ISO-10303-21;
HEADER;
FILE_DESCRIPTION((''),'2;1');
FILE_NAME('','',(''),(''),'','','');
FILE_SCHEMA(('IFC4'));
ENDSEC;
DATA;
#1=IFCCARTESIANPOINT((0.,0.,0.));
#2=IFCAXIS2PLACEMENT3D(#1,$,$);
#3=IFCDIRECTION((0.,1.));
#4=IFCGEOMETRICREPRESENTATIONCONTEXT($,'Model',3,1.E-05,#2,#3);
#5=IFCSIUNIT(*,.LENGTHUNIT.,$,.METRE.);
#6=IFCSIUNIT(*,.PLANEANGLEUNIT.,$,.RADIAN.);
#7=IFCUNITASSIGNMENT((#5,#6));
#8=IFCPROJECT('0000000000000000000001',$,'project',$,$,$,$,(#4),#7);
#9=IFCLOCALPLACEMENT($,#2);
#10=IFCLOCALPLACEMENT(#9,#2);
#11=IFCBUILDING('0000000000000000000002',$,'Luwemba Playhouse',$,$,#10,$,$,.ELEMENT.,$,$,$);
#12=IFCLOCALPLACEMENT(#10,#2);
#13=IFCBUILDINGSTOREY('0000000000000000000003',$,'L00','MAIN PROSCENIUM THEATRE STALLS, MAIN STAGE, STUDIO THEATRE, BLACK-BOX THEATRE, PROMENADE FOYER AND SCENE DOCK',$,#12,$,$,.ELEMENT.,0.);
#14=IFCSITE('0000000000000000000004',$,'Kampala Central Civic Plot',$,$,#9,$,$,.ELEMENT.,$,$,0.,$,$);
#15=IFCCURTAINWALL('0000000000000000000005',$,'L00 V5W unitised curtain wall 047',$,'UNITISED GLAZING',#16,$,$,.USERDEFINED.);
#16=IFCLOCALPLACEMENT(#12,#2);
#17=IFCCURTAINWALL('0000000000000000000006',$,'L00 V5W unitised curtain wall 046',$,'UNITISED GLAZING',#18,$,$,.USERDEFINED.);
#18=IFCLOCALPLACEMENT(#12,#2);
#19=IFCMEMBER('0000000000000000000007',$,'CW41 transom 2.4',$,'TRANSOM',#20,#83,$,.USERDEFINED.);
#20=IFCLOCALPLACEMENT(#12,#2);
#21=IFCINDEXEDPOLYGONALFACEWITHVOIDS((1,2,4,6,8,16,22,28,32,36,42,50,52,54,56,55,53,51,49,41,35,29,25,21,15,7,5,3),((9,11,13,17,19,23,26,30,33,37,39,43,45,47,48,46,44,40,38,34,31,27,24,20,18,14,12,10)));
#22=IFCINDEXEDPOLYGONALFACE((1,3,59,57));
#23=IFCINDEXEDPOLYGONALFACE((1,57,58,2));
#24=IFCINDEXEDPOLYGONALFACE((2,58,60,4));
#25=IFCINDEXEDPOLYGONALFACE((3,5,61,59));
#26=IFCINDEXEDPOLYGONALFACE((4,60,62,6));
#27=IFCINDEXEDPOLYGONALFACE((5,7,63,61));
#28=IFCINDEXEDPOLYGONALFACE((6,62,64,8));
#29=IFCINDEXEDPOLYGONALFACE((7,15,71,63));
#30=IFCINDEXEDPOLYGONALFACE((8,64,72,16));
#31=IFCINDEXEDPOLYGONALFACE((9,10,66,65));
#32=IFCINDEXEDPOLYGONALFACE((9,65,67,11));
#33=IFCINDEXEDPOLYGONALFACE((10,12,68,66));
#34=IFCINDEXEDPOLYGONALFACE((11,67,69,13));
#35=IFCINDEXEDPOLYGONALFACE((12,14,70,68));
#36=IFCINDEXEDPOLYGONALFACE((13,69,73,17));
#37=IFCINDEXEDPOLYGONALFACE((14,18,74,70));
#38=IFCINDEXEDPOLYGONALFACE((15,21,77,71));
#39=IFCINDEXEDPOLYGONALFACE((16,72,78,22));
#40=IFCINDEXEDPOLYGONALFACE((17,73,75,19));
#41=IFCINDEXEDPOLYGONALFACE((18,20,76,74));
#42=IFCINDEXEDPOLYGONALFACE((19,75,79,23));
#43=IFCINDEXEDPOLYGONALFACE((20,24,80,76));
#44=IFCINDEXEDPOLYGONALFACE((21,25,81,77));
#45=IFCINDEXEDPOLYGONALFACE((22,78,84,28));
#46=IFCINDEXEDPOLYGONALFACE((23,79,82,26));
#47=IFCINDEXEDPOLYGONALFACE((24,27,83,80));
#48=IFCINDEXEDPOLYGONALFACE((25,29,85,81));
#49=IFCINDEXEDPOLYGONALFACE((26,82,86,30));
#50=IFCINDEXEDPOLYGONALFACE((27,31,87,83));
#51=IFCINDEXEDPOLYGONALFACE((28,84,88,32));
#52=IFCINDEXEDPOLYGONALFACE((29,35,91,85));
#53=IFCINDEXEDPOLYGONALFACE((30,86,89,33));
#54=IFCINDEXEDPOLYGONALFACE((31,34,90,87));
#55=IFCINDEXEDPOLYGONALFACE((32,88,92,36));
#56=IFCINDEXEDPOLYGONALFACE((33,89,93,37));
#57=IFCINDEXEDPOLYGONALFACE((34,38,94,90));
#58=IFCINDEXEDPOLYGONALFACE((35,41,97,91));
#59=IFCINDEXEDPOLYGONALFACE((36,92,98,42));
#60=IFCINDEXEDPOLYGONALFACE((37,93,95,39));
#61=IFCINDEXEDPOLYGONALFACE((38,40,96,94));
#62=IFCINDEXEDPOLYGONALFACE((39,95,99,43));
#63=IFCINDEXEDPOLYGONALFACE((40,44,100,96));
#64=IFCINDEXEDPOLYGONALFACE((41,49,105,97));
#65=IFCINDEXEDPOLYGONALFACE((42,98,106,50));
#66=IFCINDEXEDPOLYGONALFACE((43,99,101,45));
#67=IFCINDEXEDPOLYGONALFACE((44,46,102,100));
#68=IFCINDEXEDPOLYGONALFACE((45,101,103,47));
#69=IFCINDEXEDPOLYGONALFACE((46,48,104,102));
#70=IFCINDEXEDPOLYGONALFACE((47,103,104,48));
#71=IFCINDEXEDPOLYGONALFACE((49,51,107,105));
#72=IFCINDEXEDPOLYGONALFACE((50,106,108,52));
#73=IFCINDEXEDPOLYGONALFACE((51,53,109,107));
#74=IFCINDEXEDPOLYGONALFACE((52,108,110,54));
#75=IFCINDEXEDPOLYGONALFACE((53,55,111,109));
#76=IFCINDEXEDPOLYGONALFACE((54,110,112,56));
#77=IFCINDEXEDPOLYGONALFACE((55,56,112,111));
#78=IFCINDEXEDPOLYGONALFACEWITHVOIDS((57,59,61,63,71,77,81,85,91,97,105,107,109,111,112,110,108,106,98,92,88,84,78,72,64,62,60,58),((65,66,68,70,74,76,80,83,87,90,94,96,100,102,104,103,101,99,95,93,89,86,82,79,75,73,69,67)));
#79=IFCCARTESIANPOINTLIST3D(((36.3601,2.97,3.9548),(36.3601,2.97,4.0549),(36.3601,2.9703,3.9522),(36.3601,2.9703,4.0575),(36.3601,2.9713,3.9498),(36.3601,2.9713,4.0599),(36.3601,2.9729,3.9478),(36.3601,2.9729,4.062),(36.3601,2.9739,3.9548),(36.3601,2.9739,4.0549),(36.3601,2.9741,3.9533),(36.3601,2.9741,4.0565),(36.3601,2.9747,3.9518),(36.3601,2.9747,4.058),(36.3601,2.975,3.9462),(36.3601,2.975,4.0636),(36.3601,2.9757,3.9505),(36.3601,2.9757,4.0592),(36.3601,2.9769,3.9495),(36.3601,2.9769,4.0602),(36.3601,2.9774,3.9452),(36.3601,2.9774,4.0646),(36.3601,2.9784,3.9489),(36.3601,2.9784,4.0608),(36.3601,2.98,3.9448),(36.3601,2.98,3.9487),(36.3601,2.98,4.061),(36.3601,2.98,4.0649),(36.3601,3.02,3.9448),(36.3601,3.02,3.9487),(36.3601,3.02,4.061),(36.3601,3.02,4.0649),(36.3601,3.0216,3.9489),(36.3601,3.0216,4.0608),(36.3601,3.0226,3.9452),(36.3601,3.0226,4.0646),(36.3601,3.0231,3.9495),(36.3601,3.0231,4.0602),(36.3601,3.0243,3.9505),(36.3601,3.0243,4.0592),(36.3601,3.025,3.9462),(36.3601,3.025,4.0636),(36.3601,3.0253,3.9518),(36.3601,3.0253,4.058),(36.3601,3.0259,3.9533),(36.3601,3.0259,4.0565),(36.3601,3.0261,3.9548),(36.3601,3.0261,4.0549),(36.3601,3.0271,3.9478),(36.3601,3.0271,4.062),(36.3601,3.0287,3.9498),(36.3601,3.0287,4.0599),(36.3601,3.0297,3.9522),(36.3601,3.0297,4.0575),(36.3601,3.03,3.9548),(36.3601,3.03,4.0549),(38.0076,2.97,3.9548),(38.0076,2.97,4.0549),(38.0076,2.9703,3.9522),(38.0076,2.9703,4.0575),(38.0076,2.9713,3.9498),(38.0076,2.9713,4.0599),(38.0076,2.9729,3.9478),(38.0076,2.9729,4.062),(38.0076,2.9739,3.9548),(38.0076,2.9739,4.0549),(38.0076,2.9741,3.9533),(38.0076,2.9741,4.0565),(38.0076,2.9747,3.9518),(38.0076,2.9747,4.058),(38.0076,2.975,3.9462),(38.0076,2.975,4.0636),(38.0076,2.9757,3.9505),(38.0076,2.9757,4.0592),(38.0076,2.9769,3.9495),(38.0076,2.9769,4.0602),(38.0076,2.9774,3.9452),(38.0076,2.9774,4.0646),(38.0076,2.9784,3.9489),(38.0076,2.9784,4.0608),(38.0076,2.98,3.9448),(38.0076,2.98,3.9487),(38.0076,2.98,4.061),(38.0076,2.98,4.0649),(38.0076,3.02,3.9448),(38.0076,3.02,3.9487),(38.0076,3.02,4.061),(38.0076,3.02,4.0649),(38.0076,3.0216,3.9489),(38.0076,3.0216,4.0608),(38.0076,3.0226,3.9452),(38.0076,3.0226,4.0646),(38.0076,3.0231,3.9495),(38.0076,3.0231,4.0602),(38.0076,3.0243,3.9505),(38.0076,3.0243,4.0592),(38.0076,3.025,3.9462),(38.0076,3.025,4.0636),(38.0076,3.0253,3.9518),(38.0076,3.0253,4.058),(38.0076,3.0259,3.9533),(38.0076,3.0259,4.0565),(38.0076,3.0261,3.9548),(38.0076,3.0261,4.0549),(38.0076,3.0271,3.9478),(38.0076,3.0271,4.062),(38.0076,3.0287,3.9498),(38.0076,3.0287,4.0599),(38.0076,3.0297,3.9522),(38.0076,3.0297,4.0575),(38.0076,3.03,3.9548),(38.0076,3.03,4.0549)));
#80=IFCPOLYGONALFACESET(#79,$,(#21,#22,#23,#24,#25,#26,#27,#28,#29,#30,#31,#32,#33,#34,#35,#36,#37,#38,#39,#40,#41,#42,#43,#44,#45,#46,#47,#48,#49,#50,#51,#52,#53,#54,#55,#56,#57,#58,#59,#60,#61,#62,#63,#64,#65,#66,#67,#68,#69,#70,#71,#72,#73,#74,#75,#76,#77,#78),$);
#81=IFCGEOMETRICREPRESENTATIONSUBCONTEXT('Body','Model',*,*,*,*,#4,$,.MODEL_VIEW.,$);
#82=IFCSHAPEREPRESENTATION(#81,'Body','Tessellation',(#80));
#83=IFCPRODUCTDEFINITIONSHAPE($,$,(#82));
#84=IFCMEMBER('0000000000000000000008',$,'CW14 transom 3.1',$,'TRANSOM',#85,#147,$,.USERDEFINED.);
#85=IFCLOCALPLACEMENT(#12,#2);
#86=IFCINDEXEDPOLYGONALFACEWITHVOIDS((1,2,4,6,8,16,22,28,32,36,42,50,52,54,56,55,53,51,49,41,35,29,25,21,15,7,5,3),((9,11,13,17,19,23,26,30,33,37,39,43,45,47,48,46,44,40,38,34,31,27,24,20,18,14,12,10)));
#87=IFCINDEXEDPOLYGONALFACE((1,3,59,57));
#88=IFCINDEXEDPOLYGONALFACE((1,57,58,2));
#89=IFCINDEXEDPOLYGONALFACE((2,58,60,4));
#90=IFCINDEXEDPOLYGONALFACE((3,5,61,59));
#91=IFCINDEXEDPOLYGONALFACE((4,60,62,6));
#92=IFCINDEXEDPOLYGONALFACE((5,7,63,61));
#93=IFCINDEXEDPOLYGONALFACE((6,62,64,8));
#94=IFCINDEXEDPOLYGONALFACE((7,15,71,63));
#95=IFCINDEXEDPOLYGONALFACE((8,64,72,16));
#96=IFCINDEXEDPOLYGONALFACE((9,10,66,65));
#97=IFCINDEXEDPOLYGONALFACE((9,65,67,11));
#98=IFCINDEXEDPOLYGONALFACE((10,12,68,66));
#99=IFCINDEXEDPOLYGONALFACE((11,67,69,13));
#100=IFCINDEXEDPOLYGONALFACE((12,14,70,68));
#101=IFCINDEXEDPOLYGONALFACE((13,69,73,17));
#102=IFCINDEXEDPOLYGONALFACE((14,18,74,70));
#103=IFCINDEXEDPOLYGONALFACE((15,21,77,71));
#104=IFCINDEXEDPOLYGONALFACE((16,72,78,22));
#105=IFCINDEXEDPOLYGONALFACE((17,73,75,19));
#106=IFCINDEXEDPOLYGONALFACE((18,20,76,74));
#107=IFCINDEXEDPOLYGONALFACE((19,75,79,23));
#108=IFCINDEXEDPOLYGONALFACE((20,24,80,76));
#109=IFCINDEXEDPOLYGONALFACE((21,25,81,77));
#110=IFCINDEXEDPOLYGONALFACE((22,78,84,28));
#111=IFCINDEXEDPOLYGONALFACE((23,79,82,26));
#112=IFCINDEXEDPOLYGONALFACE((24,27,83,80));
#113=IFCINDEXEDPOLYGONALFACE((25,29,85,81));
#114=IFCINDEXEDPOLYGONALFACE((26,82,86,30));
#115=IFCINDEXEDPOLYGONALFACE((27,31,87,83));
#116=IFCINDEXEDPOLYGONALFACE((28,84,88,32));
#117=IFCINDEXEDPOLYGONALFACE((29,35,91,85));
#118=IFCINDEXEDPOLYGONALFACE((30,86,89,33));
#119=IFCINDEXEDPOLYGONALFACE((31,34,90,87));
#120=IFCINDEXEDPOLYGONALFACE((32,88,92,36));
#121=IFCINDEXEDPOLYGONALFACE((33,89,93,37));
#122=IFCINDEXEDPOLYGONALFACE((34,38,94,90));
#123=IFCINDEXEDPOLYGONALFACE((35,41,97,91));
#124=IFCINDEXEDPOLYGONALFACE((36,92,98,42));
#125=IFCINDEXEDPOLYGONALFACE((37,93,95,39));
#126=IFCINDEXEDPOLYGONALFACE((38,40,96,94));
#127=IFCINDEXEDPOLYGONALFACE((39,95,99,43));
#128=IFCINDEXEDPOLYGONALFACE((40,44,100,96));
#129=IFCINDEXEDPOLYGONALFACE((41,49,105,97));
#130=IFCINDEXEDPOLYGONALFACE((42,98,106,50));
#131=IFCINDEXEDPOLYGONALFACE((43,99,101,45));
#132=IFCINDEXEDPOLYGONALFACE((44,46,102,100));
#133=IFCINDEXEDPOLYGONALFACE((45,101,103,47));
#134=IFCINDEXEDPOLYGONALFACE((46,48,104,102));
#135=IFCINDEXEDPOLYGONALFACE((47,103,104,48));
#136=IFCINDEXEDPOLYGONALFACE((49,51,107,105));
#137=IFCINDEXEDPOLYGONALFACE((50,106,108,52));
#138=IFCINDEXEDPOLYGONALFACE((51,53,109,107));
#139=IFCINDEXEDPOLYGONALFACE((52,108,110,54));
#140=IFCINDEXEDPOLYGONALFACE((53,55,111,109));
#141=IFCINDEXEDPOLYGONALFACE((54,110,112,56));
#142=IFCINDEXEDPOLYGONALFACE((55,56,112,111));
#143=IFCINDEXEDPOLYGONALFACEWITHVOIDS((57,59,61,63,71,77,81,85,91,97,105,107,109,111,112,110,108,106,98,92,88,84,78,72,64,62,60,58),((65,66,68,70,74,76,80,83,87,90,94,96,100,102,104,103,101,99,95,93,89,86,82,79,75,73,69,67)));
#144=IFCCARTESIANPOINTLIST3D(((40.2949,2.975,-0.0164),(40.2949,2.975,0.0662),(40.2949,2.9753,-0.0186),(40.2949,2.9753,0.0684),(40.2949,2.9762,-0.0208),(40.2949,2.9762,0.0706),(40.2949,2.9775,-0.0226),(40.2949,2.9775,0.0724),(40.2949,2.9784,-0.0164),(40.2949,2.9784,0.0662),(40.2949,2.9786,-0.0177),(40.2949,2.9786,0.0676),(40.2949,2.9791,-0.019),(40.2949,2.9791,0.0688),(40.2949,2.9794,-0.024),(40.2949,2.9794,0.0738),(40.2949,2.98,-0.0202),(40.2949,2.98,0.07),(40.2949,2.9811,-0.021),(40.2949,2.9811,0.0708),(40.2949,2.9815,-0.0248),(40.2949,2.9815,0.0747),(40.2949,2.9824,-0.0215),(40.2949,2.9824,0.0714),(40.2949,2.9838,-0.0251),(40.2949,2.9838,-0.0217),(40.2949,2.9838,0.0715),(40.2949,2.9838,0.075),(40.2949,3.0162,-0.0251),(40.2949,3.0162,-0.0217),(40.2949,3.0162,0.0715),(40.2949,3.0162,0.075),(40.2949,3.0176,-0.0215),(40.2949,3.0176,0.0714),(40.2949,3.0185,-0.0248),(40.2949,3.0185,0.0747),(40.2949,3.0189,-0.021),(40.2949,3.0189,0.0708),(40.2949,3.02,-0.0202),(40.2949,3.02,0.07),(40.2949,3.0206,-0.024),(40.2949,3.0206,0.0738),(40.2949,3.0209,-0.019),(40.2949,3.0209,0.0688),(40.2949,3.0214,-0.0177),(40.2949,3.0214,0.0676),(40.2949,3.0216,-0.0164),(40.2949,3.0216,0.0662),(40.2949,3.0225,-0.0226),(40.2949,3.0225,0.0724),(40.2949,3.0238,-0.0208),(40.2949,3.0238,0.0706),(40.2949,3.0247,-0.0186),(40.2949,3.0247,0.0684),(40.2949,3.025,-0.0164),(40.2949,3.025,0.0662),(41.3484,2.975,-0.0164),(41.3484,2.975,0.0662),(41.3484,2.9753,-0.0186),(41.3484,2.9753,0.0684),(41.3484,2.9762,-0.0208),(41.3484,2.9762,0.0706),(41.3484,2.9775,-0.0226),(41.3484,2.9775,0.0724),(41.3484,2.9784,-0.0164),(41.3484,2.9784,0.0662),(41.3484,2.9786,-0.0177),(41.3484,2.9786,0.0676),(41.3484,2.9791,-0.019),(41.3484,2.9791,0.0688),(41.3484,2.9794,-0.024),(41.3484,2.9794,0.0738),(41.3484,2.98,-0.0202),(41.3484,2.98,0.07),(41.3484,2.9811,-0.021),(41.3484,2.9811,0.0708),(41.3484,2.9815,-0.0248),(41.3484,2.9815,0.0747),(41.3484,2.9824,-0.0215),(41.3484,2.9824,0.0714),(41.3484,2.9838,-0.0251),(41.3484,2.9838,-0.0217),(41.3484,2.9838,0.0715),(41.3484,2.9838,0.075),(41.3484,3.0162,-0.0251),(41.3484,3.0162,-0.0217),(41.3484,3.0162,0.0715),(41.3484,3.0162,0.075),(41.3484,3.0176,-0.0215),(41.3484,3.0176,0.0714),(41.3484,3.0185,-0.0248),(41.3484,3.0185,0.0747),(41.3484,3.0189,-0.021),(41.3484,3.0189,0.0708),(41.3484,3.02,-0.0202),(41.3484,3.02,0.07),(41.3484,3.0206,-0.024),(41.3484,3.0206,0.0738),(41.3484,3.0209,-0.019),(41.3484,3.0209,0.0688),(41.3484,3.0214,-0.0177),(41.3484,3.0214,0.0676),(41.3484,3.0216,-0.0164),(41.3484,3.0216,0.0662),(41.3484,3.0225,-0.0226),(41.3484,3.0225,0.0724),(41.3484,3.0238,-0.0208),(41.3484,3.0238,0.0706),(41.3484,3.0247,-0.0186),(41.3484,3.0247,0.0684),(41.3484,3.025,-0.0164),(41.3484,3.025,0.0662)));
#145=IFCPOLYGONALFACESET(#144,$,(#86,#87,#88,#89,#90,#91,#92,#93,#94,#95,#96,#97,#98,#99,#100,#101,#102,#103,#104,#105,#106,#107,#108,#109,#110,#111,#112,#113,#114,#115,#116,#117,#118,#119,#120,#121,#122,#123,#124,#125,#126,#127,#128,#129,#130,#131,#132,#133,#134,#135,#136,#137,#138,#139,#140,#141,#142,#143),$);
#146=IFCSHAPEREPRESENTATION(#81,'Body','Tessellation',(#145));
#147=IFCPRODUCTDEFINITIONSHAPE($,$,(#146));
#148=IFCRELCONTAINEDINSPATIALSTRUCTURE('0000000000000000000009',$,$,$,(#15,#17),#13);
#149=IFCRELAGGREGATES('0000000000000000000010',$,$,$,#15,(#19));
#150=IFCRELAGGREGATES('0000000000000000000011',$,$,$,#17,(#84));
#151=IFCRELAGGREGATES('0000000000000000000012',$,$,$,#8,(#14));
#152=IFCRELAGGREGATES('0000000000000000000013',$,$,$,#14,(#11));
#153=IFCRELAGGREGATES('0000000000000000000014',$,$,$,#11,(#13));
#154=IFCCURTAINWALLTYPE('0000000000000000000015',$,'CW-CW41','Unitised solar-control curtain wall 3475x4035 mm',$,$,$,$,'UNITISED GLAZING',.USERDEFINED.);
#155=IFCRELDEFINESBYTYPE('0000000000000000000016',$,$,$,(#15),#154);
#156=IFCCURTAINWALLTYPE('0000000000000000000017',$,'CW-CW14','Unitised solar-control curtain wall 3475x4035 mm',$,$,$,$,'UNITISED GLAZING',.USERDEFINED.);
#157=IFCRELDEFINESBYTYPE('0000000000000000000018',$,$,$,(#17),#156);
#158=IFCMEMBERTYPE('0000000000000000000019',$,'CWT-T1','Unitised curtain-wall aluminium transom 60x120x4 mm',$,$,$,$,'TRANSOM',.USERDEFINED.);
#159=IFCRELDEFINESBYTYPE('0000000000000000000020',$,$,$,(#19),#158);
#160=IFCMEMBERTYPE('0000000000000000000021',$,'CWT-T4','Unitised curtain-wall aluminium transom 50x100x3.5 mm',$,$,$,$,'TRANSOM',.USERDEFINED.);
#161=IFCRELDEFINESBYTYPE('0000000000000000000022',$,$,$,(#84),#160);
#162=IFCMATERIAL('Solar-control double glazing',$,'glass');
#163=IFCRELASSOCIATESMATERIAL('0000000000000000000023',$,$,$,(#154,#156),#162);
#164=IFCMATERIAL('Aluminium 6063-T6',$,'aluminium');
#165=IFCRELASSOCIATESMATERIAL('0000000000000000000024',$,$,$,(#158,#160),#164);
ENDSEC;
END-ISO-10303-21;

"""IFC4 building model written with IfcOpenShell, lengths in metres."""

from ifc_helpers import new_model, si_unit, direction, frame, origin, origin_2d, place, context, subcontext, project, spatial, hollow_rectangle, extrude, material, material_profile, profile_set, type_object, element, aggregate, save


model = new_model("IFC4")

# Units and contexts
model_context = context("Model", 3, precision=1e-05, world=origin(), true_north=direction((0.0, 1.0)))
body_context = subcontext(model_context, "Body", "Model", "MODEL_VIEW")
ifc_project = project(units=[si_unit("LENGTHUNIT", "METRE"), si_unit("PLANEANGLEUNIT", "RADIAN")], contexts=[model_context])

# Site, building, storey
site_placement = place(None, origin())
site = spatial("IfcSite", under=ifc_project, at=site_placement, Name="Kampala Central Civic Plot", CompositionType="ELEMENT", RefElevation=0.0)
building_placement = place(site_placement, origin())
building = spatial("IfcBuilding", under=site, at=building_placement, Name="Luwemba Playhouse", CompositionType="ELEMENT")
storey_placement = place(building_placement, origin())
storey = spatial("IfcBuildingStorey", under=building, at=storey_placement, Name="L00", Description="MAIN PROSCENIUM THEATRE STALLS, MAIN STAGE, STUDIO THEATRE, BLACK-BOX THEATRE, PROMENADE FOYER AND SCENE DOCK", CompositionType="ELEMENT", Elevation=0.0)

# Curtain wall
ifc_material_1 = material(Name="Solar-control double glazing", Category="glass")
curtain_wall_type_1 = type_object("IfcCurtainWallType", Name="CW-CW41", Description="Unitised solar-control curtain wall 3475x4035 mm", ElementType="UNITISED GLAZING", PredefinedType="USERDEFINED", material=ifc_material_1)
curtain_wall_1_placement = place(storey_placement, origin())
curtain_wall_1 = element("IfcCurtainWall", 1, at=curtain_wall_1_placement, inside=storey, type_object=curtain_wall_type_1, Name="L00 V5W unitised curtain wall 047", ObjectType="UNITISED GLAZING", PredefinedType="USERDEFINED")
ifc_material_2 = material(Name="Aluminium 6063-T6", Category="aluminium")

# Curtain wall
curtain_wall_type_2 = type_object("IfcCurtainWallType", Name="CW-CW14", Description="Unitised solar-control curtain wall 3475x4035 mm", ElementType="UNITISED GLAZING", PredefinedType="USERDEFINED", material=ifc_material_1)
curtain_wall_2_placement = place(storey_placement, origin())
curtain_wall_2 = element("IfcCurtainWall", 2, at=curtain_wall_2_placement, inside=storey, type_object=curtain_wall_type_2, Name="L00 V5W unitised curtain wall 046", ObjectType="UNITISED GLAZING", PredefinedType="USERDEFINED")

# Members
ifc_material_profile_1 = material_profile(ifc_material_2, hollow_rectangle(XDim=0.0601, YDim=0.1201, WallThickness=0.0039, InnerFilletRadius=0.0061, OuterFilletRadius=0.01, at=origin_2d()))
ifc_profile_set_1 = profile_set([ifc_material_profile_1], Name="Aluminium 6063-T6")
member_type_1 = type_object("IfcMemberType", Name="CWT-T1", Description="Unitised curtain-wall aluminium transom 60x120x4 mm", ElementType="TRANSOM", PredefinedType="USERDEFINED", material=ifc_profile_set_1)
member_1_placement = place(storey_placement, frame((38.0076, 3.0, 4.0049), z_axis=(-1.0, 0.0, 0.0), x_axis=(0.0, -1.0, 0.0)))
member_1 = element("IfcMember", 3, at=member_1_placement, type_object=member_type_1, Name="CW41 transom 2.4", ObjectType="TRANSOM", PredefinedType="USERDEFINED", context=body_context, shape_type="SweptSolid", body=[
    extrude(hollow_rectangle(XDim=0.0601, YDim=0.1201, WallThickness=0.0039, InnerFilletRadius=0.0061, OuterFilletRadius=0.01, at=origin_2d()), origin(), (0.0, 0.0, 1.0), 1.6475),
])
ifc_material_profile_2 = material_profile(ifc_material_2, hollow_rectangle(XDim=0.05, YDim=0.1001, WallThickness=0.0034, InnerFilletRadius=0.0054, OuterFilletRadius=0.0088, at=origin_2d()))
ifc_profile_set_2 = profile_set([ifc_material_profile_2], Name="Aluminium 6063-T6")
member_type_2 = type_object("IfcMemberType", Name="CWT-T4", Description="Unitised curtain-wall aluminium transom 50x100x3.5 mm", ElementType="TRANSOM", PredefinedType="USERDEFINED", material=ifc_profile_set_2)
member_2_placement = place(storey_placement, frame((41.3484, 3.0, 0.0249), z_axis=(-1.0, 0.0, 0.0), x_axis=(0.0, -1.0, 0.0)))
member_2 = element("IfcMember", 4, at=member_2_placement, type_object=member_type_2, Name="CW14 transom 3.1", ObjectType="TRANSOM", PredefinedType="USERDEFINED", context=body_context, shape_type="SweptSolid", body=[
    extrude(hollow_rectangle(XDim=0.05, YDim=0.1001, WallThickness=0.0034, InnerFilletRadius=0.0054, OuterFilletRadius=0.0088, at=origin_2d()), origin(), (0.0, 0.0, 1.0), 1.0535),
])

aggregate(curtain_wall_1, [member_1])
aggregate(curtain_wall_2, [member_2])

save(model, "model.ifc")
